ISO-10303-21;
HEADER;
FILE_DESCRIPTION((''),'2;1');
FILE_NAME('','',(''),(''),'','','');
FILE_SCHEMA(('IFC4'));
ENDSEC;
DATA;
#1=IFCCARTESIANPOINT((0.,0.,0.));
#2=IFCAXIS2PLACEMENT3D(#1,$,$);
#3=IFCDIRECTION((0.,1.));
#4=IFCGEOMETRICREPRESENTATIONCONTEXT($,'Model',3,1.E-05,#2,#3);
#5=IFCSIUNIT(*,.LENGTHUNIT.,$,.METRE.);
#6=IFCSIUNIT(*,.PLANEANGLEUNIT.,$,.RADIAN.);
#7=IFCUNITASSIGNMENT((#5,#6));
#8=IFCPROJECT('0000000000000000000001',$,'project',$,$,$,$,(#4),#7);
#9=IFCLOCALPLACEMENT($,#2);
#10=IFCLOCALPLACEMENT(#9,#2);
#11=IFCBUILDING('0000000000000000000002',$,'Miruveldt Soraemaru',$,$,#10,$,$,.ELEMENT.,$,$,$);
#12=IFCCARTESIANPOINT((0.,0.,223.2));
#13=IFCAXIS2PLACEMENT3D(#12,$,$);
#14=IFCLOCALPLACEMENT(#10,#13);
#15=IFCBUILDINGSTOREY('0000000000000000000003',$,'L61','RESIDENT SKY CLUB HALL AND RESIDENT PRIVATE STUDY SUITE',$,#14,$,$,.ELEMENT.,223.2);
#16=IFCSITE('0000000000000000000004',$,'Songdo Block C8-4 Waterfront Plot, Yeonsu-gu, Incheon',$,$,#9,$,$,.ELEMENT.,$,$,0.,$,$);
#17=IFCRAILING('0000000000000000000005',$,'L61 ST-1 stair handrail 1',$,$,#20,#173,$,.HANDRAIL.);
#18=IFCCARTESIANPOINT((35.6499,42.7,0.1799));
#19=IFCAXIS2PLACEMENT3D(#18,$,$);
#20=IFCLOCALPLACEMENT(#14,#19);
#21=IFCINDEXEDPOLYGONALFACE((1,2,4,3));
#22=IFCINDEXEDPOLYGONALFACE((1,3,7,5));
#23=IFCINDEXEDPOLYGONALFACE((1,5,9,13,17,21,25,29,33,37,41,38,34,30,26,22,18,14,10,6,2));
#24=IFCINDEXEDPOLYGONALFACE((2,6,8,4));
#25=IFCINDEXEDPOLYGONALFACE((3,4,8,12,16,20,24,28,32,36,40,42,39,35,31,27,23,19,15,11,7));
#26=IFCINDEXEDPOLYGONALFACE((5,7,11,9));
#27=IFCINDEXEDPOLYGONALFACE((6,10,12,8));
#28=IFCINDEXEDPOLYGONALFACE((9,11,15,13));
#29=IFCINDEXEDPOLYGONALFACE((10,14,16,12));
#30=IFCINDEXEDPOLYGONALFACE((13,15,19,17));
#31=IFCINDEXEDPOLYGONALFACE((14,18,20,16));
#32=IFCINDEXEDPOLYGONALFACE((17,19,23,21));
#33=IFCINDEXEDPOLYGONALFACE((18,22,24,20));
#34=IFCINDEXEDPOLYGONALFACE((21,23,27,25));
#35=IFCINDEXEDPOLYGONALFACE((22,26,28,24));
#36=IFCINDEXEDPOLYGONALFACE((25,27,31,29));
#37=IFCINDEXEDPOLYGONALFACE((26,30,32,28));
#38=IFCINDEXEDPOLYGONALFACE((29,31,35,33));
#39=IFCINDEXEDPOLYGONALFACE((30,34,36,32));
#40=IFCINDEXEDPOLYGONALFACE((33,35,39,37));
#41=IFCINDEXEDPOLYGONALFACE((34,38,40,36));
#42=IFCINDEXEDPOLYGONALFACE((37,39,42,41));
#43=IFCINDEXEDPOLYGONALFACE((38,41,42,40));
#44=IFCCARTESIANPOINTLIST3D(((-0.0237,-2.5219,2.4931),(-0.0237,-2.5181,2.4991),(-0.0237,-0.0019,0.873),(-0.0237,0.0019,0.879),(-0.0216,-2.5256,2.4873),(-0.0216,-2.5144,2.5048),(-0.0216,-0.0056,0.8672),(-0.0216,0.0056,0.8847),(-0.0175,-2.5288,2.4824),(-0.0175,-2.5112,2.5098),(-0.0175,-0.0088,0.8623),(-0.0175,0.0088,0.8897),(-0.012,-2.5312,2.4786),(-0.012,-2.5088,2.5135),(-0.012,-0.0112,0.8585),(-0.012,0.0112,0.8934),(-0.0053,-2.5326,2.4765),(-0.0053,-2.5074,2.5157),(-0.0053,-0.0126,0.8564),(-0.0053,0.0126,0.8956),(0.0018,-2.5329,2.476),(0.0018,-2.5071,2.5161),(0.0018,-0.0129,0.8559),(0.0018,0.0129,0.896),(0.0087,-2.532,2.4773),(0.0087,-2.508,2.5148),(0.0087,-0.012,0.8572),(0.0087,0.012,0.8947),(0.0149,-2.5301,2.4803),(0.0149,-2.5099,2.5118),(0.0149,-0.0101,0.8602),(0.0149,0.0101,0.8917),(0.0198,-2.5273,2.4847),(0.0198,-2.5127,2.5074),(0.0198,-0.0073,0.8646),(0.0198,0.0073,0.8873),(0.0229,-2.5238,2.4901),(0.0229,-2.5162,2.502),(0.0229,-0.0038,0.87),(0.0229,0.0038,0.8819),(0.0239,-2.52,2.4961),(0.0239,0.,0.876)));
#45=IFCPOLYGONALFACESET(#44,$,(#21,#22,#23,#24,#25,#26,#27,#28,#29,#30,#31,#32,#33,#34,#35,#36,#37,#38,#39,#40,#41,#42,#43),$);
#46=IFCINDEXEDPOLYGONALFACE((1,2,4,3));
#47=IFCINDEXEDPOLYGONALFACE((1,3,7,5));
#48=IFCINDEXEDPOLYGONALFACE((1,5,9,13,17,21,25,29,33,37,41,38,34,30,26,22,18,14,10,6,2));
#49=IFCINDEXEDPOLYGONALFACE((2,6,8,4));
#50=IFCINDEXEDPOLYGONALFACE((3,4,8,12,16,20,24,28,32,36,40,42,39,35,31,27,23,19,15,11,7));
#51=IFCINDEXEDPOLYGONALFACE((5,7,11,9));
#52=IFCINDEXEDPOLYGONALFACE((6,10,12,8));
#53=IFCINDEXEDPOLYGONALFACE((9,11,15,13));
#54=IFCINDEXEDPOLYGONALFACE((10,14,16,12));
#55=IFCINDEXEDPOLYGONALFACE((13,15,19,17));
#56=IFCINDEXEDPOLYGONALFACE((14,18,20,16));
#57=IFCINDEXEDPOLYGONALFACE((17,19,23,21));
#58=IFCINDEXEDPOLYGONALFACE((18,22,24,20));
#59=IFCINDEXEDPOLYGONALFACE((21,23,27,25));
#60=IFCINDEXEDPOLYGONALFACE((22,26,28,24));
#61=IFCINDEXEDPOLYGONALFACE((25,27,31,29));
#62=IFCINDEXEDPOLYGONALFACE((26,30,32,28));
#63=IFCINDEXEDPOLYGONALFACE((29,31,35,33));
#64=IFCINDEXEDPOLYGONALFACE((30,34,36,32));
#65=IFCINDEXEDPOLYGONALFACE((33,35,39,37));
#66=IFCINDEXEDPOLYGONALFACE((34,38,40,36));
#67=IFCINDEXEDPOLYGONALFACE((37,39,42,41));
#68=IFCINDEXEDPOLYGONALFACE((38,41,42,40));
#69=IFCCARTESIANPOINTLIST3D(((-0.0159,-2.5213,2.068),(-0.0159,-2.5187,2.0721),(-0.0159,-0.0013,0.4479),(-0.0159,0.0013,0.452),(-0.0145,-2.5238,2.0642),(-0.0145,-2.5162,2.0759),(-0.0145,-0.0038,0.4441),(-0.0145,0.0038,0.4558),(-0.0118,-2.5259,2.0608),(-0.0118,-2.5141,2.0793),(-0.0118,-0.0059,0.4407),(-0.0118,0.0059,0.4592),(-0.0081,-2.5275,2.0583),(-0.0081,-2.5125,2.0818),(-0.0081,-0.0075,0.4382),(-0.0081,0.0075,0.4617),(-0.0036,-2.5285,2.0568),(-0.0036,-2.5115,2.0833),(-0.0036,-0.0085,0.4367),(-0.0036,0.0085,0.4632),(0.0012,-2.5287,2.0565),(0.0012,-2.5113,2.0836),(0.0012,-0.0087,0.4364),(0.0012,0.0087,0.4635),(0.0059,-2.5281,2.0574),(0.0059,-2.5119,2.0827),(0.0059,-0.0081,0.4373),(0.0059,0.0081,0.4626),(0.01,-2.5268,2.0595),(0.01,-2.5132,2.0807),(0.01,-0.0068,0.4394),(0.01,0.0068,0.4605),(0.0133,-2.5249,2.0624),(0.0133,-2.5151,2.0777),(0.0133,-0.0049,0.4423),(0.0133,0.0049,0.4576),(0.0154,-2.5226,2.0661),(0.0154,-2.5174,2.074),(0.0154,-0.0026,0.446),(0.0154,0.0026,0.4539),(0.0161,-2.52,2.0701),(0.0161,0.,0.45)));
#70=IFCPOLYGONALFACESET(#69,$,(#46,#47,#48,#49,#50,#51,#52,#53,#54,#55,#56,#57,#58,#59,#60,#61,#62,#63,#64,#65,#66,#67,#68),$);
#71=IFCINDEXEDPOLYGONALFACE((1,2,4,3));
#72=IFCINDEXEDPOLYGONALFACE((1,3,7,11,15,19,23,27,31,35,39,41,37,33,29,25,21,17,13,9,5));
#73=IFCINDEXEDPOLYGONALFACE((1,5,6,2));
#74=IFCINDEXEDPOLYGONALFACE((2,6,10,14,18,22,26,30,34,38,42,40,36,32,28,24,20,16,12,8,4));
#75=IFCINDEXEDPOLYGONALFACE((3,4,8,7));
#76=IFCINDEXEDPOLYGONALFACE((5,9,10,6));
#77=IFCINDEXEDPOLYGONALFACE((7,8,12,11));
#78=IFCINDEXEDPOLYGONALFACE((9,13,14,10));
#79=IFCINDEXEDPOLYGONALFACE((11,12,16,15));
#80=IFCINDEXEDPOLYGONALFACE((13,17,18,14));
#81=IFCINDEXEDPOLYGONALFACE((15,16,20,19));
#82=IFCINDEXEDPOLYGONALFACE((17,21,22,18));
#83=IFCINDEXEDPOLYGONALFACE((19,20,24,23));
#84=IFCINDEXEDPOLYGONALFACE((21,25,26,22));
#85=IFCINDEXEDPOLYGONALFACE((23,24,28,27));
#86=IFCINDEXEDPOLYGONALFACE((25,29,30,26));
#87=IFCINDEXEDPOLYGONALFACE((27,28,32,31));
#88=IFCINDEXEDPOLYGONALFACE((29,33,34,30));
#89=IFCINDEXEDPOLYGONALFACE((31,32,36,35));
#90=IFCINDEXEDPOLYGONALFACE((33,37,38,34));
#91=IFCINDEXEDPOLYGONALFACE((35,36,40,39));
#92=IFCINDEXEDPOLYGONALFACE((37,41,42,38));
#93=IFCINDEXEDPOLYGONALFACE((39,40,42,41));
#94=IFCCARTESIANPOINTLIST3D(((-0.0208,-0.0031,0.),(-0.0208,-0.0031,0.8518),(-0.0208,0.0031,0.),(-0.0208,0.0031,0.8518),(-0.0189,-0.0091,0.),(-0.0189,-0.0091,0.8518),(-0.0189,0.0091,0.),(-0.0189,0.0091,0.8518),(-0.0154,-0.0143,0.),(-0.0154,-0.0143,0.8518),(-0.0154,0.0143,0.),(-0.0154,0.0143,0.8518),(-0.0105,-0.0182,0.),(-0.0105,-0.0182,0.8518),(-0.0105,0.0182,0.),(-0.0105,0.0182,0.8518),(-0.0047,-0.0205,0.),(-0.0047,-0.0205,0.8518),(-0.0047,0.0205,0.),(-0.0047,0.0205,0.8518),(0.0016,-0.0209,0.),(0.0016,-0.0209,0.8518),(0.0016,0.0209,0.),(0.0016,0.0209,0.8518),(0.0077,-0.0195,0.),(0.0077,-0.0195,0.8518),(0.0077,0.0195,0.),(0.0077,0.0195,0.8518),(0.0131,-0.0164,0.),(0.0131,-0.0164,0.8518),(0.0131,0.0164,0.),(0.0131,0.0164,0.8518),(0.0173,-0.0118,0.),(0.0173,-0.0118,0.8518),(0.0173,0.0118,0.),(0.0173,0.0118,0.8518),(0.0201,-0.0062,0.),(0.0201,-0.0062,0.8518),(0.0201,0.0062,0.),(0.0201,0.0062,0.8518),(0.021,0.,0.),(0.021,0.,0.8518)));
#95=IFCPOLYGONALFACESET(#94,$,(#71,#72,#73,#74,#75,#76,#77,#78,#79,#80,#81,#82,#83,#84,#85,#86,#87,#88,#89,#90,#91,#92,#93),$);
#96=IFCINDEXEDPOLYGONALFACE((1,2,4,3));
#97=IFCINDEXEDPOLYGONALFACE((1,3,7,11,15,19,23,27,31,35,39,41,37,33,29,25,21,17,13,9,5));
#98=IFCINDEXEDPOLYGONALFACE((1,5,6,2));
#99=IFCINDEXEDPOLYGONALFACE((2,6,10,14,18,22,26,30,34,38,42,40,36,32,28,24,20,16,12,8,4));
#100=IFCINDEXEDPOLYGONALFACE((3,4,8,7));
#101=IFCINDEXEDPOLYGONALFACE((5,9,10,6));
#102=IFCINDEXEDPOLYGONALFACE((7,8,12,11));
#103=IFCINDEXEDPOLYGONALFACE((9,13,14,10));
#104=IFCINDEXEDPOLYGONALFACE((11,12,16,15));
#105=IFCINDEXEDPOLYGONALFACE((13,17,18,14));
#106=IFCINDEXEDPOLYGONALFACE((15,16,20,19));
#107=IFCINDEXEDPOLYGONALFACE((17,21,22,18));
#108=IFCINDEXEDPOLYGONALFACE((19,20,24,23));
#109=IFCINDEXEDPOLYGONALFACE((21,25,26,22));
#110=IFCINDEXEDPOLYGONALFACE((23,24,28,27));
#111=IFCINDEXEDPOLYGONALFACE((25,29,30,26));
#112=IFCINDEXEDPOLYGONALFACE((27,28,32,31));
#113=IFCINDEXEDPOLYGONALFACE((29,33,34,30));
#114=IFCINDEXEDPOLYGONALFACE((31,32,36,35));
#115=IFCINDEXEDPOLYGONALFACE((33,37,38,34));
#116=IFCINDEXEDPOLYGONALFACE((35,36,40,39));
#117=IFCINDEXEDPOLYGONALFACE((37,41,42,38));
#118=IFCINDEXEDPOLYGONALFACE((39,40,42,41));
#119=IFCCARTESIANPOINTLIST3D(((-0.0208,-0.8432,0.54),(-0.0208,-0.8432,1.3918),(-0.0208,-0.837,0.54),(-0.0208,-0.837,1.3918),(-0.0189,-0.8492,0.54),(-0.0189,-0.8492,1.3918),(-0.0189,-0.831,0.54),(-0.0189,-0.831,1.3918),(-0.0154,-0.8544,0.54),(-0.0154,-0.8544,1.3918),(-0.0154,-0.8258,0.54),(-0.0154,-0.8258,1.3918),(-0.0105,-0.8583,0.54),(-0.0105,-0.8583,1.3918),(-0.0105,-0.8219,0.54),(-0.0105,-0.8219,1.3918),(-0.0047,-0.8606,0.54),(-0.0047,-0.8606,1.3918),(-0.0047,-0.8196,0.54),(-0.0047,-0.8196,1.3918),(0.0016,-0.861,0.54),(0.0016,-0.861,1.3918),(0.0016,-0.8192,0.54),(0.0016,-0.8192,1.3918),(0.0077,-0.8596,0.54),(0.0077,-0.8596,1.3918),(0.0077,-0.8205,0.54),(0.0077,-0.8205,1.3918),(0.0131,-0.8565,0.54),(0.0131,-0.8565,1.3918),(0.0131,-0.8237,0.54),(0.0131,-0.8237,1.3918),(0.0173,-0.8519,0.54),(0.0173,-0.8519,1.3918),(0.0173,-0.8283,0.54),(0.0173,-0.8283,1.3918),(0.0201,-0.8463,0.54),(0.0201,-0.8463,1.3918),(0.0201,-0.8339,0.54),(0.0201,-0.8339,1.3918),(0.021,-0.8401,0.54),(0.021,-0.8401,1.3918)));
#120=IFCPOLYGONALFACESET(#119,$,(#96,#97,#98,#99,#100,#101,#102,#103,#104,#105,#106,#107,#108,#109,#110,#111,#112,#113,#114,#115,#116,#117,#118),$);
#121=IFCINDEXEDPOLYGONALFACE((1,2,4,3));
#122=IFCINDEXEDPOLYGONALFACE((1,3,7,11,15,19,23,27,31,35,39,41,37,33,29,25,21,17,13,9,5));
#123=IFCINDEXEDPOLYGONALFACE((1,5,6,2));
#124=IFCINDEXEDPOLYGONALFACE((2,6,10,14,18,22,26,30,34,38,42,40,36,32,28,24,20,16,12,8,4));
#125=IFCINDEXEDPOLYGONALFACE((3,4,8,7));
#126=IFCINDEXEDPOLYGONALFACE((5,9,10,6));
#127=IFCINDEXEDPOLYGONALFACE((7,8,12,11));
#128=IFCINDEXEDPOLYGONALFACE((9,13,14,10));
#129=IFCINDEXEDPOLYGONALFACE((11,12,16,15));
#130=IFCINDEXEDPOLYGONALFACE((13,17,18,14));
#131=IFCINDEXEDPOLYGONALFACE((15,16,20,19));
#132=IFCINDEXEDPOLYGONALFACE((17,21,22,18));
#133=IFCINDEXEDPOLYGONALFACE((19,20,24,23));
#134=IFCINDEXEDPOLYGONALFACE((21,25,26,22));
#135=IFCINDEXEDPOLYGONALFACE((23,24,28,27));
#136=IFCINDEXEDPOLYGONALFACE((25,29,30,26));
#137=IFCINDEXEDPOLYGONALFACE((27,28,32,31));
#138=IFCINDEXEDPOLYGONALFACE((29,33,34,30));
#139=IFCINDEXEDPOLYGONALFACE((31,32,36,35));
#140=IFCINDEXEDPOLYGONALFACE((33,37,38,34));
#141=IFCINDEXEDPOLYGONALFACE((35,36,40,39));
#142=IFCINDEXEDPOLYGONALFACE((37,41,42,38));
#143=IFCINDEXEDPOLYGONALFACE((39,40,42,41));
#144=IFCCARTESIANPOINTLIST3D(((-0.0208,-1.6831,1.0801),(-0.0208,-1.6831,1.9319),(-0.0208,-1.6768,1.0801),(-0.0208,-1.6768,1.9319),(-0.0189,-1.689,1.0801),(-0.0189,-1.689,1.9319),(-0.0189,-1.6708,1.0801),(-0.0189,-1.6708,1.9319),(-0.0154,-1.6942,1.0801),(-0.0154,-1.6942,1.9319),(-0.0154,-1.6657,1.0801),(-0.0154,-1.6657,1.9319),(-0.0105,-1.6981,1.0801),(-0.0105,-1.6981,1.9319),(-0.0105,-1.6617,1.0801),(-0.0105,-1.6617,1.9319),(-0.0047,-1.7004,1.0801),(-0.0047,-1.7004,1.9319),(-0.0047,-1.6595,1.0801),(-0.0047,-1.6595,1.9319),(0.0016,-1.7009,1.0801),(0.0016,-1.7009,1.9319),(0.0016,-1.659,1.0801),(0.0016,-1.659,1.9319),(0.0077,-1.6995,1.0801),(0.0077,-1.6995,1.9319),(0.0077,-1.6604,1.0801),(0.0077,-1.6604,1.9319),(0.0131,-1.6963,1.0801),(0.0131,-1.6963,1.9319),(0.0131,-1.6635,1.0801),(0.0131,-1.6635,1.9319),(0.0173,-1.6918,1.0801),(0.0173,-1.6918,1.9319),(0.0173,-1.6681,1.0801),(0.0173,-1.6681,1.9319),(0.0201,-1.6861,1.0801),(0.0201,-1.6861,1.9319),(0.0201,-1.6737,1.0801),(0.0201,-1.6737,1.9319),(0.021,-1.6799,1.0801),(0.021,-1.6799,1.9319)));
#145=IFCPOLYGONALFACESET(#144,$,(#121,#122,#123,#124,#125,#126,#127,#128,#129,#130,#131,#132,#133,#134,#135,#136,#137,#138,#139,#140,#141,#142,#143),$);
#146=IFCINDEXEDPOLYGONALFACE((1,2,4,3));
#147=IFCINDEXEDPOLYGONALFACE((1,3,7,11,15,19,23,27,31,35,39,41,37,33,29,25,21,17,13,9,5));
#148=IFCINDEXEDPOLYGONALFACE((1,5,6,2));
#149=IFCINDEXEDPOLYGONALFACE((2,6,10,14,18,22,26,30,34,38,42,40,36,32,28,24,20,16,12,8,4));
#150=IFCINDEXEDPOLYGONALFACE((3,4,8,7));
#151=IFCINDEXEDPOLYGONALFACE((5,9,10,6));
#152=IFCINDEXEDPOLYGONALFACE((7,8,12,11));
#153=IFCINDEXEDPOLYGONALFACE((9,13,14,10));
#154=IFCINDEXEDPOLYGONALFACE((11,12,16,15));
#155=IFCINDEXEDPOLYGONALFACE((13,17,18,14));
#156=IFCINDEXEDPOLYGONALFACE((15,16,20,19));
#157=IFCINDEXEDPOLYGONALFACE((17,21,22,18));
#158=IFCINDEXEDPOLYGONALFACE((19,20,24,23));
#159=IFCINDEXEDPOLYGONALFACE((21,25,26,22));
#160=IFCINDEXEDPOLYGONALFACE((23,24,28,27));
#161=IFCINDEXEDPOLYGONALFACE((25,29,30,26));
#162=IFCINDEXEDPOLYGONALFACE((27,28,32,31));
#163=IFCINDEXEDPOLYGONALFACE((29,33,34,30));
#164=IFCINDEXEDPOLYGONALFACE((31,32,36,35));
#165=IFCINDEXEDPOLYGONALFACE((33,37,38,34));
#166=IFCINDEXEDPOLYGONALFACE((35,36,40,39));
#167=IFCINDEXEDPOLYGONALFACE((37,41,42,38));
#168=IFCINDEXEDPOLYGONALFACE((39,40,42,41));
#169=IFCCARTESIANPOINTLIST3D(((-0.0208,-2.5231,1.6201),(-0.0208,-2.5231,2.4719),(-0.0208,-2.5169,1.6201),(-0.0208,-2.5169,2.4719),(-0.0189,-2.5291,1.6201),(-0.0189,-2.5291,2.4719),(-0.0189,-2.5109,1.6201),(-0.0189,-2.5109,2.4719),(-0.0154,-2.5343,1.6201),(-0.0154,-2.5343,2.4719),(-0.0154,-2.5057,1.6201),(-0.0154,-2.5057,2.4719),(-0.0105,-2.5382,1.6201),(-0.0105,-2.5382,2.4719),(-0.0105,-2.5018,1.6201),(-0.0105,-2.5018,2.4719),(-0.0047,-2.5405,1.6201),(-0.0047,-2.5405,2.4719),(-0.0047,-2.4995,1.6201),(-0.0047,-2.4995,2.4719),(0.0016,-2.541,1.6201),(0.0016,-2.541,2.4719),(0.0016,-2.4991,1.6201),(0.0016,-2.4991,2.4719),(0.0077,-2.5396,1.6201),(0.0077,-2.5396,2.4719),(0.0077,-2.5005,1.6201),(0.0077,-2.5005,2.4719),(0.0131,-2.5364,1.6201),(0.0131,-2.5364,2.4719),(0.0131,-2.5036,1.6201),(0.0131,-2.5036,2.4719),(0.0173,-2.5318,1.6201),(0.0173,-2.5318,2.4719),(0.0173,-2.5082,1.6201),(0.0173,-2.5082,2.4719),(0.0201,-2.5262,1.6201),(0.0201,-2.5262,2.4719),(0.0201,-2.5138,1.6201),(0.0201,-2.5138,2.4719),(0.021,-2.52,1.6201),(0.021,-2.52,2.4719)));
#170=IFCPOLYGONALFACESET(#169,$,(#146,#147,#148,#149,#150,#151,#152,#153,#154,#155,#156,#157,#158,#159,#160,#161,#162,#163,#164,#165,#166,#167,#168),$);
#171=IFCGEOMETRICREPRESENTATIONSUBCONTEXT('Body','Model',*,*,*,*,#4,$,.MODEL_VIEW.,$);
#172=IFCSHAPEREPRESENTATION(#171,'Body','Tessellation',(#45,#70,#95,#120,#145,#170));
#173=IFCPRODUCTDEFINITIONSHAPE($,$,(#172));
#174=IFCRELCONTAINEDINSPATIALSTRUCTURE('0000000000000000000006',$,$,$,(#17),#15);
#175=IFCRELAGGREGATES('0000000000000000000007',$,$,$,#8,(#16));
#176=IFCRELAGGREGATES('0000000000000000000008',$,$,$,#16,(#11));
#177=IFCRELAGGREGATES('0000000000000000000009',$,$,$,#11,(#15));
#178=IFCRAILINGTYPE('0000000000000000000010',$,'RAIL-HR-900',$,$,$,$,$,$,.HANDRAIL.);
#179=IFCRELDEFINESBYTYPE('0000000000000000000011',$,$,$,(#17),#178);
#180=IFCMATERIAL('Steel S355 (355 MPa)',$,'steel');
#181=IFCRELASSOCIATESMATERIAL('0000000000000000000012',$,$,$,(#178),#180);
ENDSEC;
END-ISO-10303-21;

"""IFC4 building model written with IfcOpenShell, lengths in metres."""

from ifc_helpers import new_model, si_unit, direction, frame, origin, origin_2d, place, context, subcontext, project, spatial, circle, extrude, material, type_object, element, save


model = new_model("IFC4")

# Units and contexts
model_context = context("Model", 3, precision=1e-05, world=origin(), true_north=direction((0.0, 1.0)))
body_context = subcontext(model_context, "Body", "Model", "MODEL_VIEW")
ifc_project = project(units=[si_unit("LENGTHUNIT", "METRE"), si_unit("PLANEANGLEUNIT", "RADIAN")], contexts=[model_context])

# Site, building, storey
site_placement = place(None, origin())
site = spatial("IfcSite", under=ifc_project, at=site_placement, Name="Songdo Block C8-4 Waterfront Plot, Yeonsu-gu, Incheon", CompositionType="ELEMENT", RefElevation=0.0)
building_placement = place(site_placement, origin())
building = spatial("IfcBuilding", under=site, at=building_placement, Name="Miruveldt Soraemaru", CompositionType="ELEMENT")
storey_placement = place(building_placement, frame((0.0, 0.0, 223.2)))
storey = spatial("IfcBuildingStorey", under=building, at=storey_placement, Name="L61", Description="RESIDENT SKY CLUB HALL AND RESIDENT PRIVATE STUDY SUITE", CompositionType="ELEMENT", Elevation=223.2)

# Railing
ifc_material_1 = material(Name="Steel S355 (355 MPa)", Category="steel")
railing_type_1 = type_object("IfcRailingType", Name="RAIL-HR-900", PredefinedType="HANDRAIL", material=ifc_material_1)
railing_1_placement = place(storey_placement, frame((35.6499, 42.7, 0.1799)))
element("IfcRailing", 1, at=railing_1_placement, inside=storey, type_object=railing_type_1, Name="L61 ST-1 stair handrail 1", PredefinedType="HANDRAIL", context=body_context, shape_type="SweptSolid", body=[
    extrude(circle(Radius=0.0239, at=origin_2d()), frame((0.0, 0.0, 0.876), z_axis=(0.0, -0.841163, 0.540782), x_axis=(1.0, 0.0, 0.0)), (0.0, 0.0, 1.0), 2.9958),
    extrude(circle(Radius=0.0161, at=origin_2d()), frame((0.0, 0.0, 0.45), z_axis=(0.0, -0.841163, 0.540782), x_axis=(1.0, 0.0, 0.0)), (0.0, 0.0, 1.0), 2.9958),
    extrude(circle(Radius=0.021, at=origin_2d()), origin(), (0.0, 0.0, 1.0), 0.8518),
    extrude(circle(Radius=0.021, at=origin_2d()), frame((0.0, -0.8401, 0.54)), (0.0, 0.0, 1.0), 0.8518),
    extrude(circle(Radius=0.021, at=origin_2d()), frame((0.0, -1.6799, 1.0801)), (0.0, 0.0, 1.0), 0.8518),
    extrude(circle(Radius=0.021, at=origin_2d()), frame((0.0, -2.52, 1.6201)), (0.0, 0.0, 1.0), 0.8518),
])

save(model, "model.ifc")
